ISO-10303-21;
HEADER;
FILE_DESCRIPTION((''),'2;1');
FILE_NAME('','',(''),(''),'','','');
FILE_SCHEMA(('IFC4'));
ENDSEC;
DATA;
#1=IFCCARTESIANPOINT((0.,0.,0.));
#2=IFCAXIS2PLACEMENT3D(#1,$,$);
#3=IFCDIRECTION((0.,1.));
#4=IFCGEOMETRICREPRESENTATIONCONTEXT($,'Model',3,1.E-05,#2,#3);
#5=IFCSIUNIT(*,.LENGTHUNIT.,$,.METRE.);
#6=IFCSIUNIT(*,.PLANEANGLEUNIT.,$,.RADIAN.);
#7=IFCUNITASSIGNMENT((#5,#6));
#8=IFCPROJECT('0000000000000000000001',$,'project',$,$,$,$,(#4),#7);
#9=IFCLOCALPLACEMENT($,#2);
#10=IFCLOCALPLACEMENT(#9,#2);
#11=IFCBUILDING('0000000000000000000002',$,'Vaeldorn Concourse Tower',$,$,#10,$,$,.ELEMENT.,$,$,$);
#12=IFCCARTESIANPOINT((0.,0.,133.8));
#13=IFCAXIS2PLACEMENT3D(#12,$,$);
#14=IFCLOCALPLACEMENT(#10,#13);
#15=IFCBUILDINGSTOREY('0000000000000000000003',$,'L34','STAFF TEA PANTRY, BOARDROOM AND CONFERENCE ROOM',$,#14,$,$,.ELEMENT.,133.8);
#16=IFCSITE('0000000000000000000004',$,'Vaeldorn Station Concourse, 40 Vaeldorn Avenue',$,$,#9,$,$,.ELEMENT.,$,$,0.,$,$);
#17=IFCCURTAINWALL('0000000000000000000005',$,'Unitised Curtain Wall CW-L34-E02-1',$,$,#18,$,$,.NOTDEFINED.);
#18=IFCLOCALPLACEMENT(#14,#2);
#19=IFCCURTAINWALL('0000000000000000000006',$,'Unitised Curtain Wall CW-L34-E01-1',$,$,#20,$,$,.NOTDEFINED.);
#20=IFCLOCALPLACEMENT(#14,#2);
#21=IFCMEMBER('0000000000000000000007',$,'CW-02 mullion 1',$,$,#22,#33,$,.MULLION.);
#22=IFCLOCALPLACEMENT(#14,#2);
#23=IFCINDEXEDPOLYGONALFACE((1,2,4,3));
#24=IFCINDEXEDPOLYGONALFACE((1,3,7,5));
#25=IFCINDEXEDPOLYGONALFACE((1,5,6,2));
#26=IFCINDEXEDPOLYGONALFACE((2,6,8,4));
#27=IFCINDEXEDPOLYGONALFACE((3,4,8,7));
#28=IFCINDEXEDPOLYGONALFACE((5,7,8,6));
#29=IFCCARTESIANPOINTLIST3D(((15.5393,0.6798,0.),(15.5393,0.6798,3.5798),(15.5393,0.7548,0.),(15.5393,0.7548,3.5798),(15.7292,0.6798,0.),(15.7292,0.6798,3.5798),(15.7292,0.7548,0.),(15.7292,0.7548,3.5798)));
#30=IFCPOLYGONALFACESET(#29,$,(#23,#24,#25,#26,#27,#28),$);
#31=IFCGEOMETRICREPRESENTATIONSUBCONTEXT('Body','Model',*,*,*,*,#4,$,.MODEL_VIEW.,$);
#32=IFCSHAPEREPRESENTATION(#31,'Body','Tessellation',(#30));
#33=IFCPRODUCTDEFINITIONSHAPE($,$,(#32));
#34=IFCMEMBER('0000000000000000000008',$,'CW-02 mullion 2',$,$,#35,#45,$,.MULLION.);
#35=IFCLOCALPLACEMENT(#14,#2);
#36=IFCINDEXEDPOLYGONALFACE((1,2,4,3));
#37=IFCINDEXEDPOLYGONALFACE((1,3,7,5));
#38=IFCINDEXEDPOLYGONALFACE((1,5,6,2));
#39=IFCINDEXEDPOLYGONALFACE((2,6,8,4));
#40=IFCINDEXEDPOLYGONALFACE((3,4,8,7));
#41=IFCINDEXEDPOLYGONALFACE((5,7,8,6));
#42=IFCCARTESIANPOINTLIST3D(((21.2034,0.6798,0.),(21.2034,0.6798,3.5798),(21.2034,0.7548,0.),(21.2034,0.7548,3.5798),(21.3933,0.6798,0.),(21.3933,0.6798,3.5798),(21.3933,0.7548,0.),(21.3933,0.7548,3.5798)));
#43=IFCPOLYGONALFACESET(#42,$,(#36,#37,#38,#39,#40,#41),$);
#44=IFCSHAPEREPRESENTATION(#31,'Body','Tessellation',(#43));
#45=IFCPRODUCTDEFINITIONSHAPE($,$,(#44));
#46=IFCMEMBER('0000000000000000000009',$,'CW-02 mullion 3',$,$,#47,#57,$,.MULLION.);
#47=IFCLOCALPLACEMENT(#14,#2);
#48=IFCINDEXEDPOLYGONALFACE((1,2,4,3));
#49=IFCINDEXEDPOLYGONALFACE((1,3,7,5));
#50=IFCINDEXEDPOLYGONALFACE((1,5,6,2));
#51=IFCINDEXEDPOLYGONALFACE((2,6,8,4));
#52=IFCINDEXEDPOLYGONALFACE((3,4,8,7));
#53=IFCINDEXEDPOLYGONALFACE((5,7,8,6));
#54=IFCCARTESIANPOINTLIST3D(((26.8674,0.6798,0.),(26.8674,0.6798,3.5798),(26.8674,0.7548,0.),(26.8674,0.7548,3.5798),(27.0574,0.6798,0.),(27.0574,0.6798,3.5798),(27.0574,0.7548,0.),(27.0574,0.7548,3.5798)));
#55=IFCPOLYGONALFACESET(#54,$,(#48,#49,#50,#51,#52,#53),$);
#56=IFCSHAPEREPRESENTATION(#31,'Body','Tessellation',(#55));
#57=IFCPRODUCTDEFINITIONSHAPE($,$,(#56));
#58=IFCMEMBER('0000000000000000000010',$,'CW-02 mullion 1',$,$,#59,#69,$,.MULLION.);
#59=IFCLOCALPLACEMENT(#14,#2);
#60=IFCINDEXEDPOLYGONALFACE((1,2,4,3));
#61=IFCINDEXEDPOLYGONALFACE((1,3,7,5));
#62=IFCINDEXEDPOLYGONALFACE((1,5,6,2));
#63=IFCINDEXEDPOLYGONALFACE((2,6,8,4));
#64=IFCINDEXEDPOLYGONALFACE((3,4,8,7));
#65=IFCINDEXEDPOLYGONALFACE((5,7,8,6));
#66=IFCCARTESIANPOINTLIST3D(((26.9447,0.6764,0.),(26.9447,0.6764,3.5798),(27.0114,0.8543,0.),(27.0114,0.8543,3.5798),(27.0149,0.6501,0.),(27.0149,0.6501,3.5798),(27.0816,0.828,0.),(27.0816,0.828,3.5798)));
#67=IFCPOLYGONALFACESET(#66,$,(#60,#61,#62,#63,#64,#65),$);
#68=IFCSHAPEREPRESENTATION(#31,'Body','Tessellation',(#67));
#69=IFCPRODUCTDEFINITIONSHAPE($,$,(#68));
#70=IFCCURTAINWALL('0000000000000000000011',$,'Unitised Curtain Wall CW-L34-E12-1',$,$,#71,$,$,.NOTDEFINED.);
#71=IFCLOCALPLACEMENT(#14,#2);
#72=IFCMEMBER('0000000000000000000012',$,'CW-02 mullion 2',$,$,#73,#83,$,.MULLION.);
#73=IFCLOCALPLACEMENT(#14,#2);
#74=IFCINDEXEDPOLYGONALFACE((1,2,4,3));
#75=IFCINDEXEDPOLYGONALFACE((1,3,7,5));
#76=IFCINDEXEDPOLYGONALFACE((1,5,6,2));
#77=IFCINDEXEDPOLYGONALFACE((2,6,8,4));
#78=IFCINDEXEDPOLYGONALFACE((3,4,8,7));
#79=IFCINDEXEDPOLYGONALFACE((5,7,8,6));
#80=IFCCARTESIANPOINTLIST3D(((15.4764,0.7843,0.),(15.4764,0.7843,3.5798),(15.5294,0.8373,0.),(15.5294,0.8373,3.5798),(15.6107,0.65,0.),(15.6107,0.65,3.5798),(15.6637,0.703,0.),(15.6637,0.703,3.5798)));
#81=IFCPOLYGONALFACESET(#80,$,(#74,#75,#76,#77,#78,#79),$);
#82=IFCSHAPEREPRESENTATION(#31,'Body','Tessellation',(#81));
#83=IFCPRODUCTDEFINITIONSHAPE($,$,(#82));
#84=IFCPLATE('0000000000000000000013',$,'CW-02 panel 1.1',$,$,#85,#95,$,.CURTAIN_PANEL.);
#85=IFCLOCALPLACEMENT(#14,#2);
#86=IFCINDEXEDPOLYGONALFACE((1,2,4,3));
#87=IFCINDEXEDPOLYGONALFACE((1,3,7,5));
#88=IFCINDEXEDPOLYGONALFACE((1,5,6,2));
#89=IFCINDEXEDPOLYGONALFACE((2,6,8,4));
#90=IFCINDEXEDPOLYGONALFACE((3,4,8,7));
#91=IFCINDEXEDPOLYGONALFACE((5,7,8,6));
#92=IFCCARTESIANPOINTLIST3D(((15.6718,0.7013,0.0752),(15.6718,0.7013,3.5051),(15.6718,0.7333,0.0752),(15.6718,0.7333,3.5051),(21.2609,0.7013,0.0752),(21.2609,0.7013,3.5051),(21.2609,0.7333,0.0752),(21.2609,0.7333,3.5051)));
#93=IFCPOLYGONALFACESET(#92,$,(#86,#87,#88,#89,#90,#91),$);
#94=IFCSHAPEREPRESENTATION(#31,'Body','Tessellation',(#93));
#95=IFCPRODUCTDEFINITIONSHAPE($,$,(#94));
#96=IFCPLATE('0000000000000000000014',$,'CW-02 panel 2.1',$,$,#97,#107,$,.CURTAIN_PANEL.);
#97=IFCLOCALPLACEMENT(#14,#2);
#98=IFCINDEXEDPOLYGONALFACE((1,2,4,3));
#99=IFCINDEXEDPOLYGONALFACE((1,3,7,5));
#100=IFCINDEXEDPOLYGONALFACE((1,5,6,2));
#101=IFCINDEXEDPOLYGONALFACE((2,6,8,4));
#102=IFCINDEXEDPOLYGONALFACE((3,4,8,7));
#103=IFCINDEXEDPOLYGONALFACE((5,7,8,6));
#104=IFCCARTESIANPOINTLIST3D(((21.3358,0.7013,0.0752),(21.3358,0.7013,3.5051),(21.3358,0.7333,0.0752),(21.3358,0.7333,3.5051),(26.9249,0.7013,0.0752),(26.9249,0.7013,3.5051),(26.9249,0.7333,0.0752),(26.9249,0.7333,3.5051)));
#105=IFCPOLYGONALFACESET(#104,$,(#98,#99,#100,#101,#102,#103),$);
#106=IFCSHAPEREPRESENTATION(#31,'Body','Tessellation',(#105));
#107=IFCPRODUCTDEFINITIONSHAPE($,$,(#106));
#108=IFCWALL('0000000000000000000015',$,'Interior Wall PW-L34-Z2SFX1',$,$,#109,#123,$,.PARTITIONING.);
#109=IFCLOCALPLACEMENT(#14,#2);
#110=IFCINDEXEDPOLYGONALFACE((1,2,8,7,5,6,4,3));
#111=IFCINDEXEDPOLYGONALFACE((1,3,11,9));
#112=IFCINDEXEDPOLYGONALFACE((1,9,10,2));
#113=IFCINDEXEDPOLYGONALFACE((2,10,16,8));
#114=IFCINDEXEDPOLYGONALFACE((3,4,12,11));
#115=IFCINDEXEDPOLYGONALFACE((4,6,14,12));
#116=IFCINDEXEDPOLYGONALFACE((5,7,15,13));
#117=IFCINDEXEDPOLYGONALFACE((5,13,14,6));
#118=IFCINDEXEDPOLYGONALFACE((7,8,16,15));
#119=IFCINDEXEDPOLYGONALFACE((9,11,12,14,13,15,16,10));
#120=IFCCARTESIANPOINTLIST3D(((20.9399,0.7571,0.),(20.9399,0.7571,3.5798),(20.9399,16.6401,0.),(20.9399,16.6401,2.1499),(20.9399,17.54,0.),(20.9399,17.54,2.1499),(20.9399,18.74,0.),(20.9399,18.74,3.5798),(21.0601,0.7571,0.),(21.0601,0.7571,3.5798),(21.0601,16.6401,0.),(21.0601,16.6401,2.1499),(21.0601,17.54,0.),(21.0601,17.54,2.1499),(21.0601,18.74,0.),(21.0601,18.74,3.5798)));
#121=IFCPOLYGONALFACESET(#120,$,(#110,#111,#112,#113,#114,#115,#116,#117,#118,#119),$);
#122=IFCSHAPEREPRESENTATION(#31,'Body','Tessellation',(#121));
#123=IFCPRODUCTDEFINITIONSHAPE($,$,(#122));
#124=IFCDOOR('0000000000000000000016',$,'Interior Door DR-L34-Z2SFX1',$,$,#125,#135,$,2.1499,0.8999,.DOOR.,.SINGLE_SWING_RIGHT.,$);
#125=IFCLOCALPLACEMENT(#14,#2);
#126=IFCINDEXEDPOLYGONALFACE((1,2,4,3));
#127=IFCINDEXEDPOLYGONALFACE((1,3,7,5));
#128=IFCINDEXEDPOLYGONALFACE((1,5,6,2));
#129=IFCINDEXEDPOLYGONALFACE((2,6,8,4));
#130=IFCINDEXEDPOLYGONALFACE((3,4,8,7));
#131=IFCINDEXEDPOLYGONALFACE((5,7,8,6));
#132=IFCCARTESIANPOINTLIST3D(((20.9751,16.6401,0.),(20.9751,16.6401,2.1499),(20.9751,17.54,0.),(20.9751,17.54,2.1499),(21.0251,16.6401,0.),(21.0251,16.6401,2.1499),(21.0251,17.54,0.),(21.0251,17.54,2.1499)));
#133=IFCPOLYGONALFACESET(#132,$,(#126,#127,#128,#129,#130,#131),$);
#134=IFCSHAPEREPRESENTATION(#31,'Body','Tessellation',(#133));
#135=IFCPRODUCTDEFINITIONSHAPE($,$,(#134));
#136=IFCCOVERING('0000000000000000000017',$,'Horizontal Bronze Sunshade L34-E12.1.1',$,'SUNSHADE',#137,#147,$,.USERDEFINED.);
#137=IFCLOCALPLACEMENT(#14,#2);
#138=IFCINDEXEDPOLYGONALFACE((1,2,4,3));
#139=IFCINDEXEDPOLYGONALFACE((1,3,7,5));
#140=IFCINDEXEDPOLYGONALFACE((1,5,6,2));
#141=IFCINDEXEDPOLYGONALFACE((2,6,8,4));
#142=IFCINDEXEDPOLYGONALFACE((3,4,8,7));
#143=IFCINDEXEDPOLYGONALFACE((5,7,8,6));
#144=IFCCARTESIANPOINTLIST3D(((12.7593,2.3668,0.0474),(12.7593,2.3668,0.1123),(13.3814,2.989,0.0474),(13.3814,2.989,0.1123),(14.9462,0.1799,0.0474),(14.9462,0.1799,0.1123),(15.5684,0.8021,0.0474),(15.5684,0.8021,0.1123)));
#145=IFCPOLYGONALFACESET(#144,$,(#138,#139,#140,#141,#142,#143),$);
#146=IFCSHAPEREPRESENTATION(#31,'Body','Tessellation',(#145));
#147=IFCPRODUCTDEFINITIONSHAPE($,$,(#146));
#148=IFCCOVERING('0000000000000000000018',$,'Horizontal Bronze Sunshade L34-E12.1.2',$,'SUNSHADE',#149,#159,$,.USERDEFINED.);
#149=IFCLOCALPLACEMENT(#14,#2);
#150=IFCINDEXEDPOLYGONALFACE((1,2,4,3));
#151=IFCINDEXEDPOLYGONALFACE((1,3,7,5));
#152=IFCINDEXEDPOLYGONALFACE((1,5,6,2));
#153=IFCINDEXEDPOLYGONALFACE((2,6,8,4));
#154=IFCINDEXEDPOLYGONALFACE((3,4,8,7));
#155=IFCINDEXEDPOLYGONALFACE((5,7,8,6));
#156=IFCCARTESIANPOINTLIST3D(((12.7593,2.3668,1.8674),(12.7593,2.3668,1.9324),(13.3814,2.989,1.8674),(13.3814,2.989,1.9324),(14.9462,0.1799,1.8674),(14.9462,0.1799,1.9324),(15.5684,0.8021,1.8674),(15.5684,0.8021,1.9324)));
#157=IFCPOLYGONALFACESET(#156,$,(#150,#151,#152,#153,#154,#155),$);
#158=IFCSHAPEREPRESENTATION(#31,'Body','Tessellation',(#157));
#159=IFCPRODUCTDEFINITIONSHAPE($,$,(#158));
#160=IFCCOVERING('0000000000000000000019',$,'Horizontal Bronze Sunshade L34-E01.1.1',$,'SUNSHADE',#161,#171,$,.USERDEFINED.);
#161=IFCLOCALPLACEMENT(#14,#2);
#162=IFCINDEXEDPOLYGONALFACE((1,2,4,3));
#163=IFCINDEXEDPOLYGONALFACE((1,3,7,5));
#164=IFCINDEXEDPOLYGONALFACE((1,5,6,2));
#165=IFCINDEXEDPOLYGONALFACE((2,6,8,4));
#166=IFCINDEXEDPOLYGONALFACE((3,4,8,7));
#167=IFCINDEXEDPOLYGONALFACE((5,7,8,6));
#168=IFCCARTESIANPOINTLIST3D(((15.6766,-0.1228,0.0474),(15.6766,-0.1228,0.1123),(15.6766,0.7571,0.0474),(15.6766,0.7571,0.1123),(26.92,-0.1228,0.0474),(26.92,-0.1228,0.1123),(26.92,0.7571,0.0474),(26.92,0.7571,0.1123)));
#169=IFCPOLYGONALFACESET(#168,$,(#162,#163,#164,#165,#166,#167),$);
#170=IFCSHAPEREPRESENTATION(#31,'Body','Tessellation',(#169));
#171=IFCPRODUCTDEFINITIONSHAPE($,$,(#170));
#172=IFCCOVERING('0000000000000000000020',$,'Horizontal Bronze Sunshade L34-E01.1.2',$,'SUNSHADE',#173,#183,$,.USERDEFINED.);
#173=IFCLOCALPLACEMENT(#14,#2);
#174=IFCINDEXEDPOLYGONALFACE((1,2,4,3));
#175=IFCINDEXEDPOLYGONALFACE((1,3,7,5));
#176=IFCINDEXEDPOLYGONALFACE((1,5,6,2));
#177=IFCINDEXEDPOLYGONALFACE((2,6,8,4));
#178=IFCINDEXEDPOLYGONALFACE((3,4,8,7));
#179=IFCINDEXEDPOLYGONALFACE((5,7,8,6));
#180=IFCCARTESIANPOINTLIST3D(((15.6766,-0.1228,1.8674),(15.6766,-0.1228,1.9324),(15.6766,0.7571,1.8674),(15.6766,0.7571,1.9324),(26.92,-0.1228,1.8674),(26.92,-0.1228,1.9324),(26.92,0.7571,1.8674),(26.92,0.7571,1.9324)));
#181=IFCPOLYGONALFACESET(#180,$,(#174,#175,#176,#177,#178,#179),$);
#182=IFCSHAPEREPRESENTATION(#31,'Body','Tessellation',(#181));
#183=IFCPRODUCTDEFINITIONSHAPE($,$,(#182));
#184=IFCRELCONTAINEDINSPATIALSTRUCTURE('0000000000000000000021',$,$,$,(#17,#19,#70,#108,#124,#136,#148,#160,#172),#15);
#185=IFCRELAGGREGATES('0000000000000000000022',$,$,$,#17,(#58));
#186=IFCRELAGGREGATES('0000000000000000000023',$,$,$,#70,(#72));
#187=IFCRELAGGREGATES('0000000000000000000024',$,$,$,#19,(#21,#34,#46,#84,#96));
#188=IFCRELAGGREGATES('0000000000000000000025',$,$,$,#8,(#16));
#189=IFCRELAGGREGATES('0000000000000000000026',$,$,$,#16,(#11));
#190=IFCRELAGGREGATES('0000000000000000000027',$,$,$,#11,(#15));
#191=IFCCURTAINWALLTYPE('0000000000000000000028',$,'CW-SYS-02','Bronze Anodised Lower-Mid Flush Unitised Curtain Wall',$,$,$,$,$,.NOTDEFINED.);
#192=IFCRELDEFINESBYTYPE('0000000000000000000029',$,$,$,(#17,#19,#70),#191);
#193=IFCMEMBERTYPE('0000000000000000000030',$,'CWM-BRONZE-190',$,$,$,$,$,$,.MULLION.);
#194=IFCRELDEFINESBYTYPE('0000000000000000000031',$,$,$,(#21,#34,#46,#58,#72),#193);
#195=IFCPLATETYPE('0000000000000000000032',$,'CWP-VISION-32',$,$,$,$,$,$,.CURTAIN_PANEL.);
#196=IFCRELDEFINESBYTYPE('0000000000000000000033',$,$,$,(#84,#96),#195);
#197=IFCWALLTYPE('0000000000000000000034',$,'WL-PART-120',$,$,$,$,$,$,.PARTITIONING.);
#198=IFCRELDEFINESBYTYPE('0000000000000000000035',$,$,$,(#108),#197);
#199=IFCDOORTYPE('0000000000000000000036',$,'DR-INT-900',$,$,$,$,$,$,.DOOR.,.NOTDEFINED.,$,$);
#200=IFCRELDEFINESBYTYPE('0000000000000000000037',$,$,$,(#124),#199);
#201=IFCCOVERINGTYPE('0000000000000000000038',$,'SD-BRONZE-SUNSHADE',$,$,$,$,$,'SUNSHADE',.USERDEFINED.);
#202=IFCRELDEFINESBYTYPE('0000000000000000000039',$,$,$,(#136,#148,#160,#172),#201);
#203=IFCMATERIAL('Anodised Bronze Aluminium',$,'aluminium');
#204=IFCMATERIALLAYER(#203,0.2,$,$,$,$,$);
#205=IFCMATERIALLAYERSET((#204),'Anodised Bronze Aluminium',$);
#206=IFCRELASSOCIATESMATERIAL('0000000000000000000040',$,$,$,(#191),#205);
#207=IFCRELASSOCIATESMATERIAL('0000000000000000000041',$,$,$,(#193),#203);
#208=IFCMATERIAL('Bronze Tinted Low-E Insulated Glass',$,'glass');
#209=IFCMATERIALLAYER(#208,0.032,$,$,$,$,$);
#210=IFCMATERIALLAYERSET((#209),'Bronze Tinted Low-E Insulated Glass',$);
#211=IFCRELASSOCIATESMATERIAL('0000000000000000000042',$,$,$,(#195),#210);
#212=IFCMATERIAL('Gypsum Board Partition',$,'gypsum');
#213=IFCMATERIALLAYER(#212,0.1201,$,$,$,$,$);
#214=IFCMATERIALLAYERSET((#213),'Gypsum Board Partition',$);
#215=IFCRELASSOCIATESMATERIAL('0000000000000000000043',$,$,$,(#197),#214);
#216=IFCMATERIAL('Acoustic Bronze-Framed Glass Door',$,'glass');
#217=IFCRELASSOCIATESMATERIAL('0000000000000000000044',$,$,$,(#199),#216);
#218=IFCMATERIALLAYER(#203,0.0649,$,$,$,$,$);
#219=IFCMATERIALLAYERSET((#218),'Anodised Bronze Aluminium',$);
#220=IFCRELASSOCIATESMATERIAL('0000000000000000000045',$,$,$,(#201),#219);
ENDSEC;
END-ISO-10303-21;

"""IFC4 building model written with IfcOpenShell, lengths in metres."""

from ifc_helpers import new_model, si_unit, direction, frame, frame_2d, origin, origin_2d, place, context, subcontext, project, spatial, rectangle, extrude, source, transform, mapped, material, layer, layer_set, material_profile, profile_set, type_object, element, fill, aggregate, save


model = new_model("IFC4")

# Units and contexts
model_context = context("Model", 3, precision=1e-05, world=origin(), true_north=direction((0.0, 1.0)))
body_context = subcontext(model_context, "Body", "Model", "MODEL_VIEW")
ifc_project = project(units=[si_unit("LENGTHUNIT", "METRE"), si_unit("PLANEANGLEUNIT", "RADIAN")], contexts=[model_context])

# Site, building, storey
site_placement = place(None, origin())
site = spatial("IfcSite", under=ifc_project, at=site_placement, Name="Vaeldorn Station Concourse, 40 Vaeldorn Avenue", CompositionType="ELEMENT", RefElevation=0.0)
building_placement = place(site_placement, origin())
building = spatial("IfcBuilding", under=site, at=building_placement, Name="Vaeldorn Concourse Tower", CompositionType="ELEMENT")
storey_placement = place(building_placement, frame((0.0, 0.0, 133.8)))
storey = spatial("IfcBuildingStorey", under=building, at=storey_placement, Name="L34", Description="STAFF TEA PANTRY, BOARDROOM AND CONFERENCE ROOM", CompositionType="ELEMENT", Elevation=133.8)

# Curtain walls, members
ifc_material_1 = material(Name="Anodised Bronze Aluminium", Category="aluminium")
ifc_layer_1 = layer(ifc_material_1, 0.2)
ifc_layer_set_1 = layer_set([ifc_layer_1], Name="Anodised Bronze Aluminium")
curtain_wall_type = type_object("IfcCurtainWallType", Name="CW-SYS-02", Description="Bronze Anodised Lower-Mid Flush Unitised Curtain Wall", PredefinedType="NOTDEFINED", material=ifc_layer_set_1)
curtain_wall_1_placement = place(storey_placement, origin())
curtain_wall_1 = element("IfcCurtainWall", 1, at=curtain_wall_1_placement, inside=storey, type_object=curtain_wall_type, Name="Unitised Curtain Wall CW-L34-E02-1", PredefinedType="NOTDEFINED")
curtain_wall_2_placement = place(storey_placement, origin())
curtain_wall_2 = element("IfcCurtainWall", 2, at=curtain_wall_2_placement, inside=storey, type_object=curtain_wall_type, Name="Unitised Curtain Wall CW-L34-E01-1", PredefinedType="NOTDEFINED")
ifc_material_profile_1 = material_profile(ifc_material_1, rectangle(XDim=0.075, YDim=0.1899, at=origin_2d()), Name="CWM 75x190")
ifc_profile_set_1 = profile_set([ifc_material_profile_1], Name="Anodised Bronze Aluminium")
member_type_1 = type_object("IfcMemberType", Name="CWM-BRONZE-190", PredefinedType="MULLION", material=ifc_profile_set_1)
shared_shape_1 = source(origin(), body_context, "Body", "SweptSolid", [
    extrude(rectangle(XDim=0.075, YDim=0.1899, at=origin_2d()), origin(), (0.0, 0.0, 1.0), 3.5798),
])
member_1_placement = place(storey_placement, frame((15.6343, 0.7173, 0.0), z_axis=(0.0, 0.0, 1.0), x_axis=(0.0, 1.0, 0.0)))
member_1 = element("IfcMember", 3, at=member_1_placement, type_object=member_type_1, Name="CW-02 mullion 1", PredefinedType="MULLION", context=body_context, shape_type="MappedRepresentation", body=[
    mapped(shared_shape_1, transform((0.0, 0.0, 0.0), scale=1.0)),
])
member_2_placement = place(storey_placement, frame((21.2983, 0.7173, 0.0), z_axis=(0.0, 0.0, 1.0), x_axis=(0.0, 1.0, 0.0)))
member_2 = element("IfcMember", 4, at=member_2_placement, type_object=member_type_1, Name="CW-02 mullion 2", PredefinedType="MULLION", context=body_context, shape_type="MappedRepresentation", body=[
    mapped(shared_shape_1, transform((0.0, 0.0, 0.0), scale=1.0)),
])
member_3_placement = place(storey_placement, frame((26.9624, 0.7173, 0.0), z_axis=(0.0, 0.0, 1.0), x_axis=(0.0, 1.0, 0.0)))
member_3 = element("IfcMember", 5, at=member_3_placement, type_object=member_type_1, Name="CW-02 mullion 3", PredefinedType="MULLION", context=body_context, shape_type="MappedRepresentation", body=[
    mapped(shared_shape_1, transform((0.0, 0.0, 0.0), scale=1.0)),
])

# Member
member_4_placement = place(storey_placement, frame((27.0132, 0.7522, 0.0), z_axis=(0.0, 0.0, 1.0), x_axis=(-0.936329, 0.351123, 0.0)))
member_4 = element("IfcMember", 6, at=member_4_placement, type_object=member_type_1, Name="CW-02 mullion 1", PredefinedType="MULLION", context=body_context, shape_type="MappedRepresentation", body=[
    mapped(shared_shape_1, transform((0.0, 0.0, 0.0), scale=1.0)),
])
aggregate(curtain_wall_1, [member_4])

# Curtain wall, member
curtain_wall_3_placement = place(storey_placement, origin())
curtain_wall_3 = element("IfcCurtainWall", 7, at=curtain_wall_3_placement, inside=storey, type_object=curtain_wall_type, Name="Unitised Curtain Wall CW-L34-E12-1", PredefinedType="NOTDEFINED")
member_5_placement = place(storey_placement, frame((15.5701, 0.7437, 0.0), z_axis=(0.0, 0.0, 1.0), x_axis=(0.707107, 0.707107, 0.0)))
member_5 = element("IfcMember", 8, at=member_5_placement, type_object=member_type_1, Name="CW-02 mullion 2", PredefinedType="MULLION", context=body_context, shape_type="MappedRepresentation", body=[
    mapped(shared_shape_1, transform((0.0, 0.0, 0.0), scale=1.0)),
])
aggregate(curtain_wall_3, [member_5])

# Plates
ifc_material_2 = material(Name="Bronze Tinted Low-E Insulated Glass", Category="glass")
ifc_layer_2 = layer(ifc_material_2, 0.032)
ifc_layer_set_2 = layer_set([ifc_layer_2], Name="Bronze Tinted Low-E Insulated Glass")
plate_type = type_object("IfcPlateType", Name="CWP-VISION-32", PredefinedType="CURTAIN_PANEL", material=ifc_layer_set_2)
shared_shape_2 = source(origin(), body_context, "Body", "SweptSolid", [
    extrude(rectangle(XDim=5.5891, YDim=0.032, at=origin_2d()), origin(), (0.0, 0.0, 1.0), 3.4299),
])
plate_1_placement = place(storey_placement, frame((18.4663, 0.7173, 0.0752), z_axis=(0.0, 0.0, 1.0), x_axis=(1.0, 0.0, 0.0)))
plate_1 = element("IfcPlate", 9, at=plate_1_placement, type_object=plate_type, Name="CW-02 panel 1.1", PredefinedType="CURTAIN_PANEL", context=body_context, shape_type="MappedRepresentation", body=[
    mapped(shared_shape_2, transform((0.0, 0.0, 0.0), scale=1.0)),
])
plate_2_placement = place(storey_placement, frame((24.1304, 0.7173, 0.0752), z_axis=(0.0, 0.0, 1.0), x_axis=(1.0, 0.0, 0.0)))
plate_2 = element("IfcPlate", 10, at=plate_2_placement, type_object=plate_type, Name="CW-02 panel 2.1", PredefinedType="CURTAIN_PANEL", context=body_context, shape_type="MappedRepresentation", body=[
    mapped(shared_shape_2, transform((0.0, 0.0, 0.0), scale=1.0)),
])
aggregate(curtain_wall_2, [member_1, member_2, member_3, plate_1, plate_2])

# Wall, opening, door
ifc_material_3 = material(Name="Gypsum Board Partition", Category="gypsum")
ifc_layer_3 = layer(ifc_material_3, 0.1201)
ifc_layer_set_3 = layer_set([ifc_layer_3], Name="Gypsum Board Partition")
wall_type = type_object("IfcWallType", Name="WL-PART-120", PredefinedType="PARTITIONING", material=ifc_layer_set_3)
wall_placement = place(storey_placement, frame((21.0, 0.7571, 0.0), z_axis=(0.0, 0.0, 1.0), x_axis=(0.0, 1.0, 0.0)))
wall = element("IfcWall", 11, at=wall_placement, inside=storey, type_object=wall_type, Name="Interior Wall PW-L34-Z2SFX1", PredefinedType="PARTITIONING", context=body_context, shape_type="SweptSolid", body=[
    extrude(rectangle(XDim=17.9829, YDim=0.1201, at=frame_2d((8.9915, 0.0))), origin(), (0.0, 0.0, 1.0), 3.5798),
])
opening_placement = place(wall_placement, frame((15.8831, 0.0, 0.0)))
opening = element("IfcOpeningElement", 12, at=opening_placement, cuts=wall, PredefinedType="OPENING", context=body_context, shape_type="SweptSolid", body=[
    extrude(rectangle(XDim=0.8999, YDim=2.1499, at=frame_2d((0.45, 1.075))), frame((0.0, 0.0701, 0.0), z_axis=(0.0, -1.0, 0.0), x_axis=(1.0, 0.0, 0.0)), (0.0, 0.0, 1.0), 0.1401),
])
ifc_material_4 = material(Name="Acoustic Bronze-Framed Glass Door", Category="glass")
door_type = type_object("IfcDoorType", Name="DR-INT-900", OperationType="NOTDEFINED", PredefinedType="DOOR", material=ifc_material_4)
shared_shape_3 = source(origin(), body_context, "Body", "SweptSolid", [
    extrude(rectangle(XDim=0.8999, YDim=2.1499, at=frame_2d((0.45, 1.075))), frame((0.0, 0.0249, 0.0), z_axis=(0.0, -1.0, 0.0), x_axis=(1.0, 0.0, 0.0)), (0.0, 0.0, 1.0), 0.05),
])
door_placement = place(opening_placement, origin())
door = element("IfcDoor", 13, at=door_placement, inside=storey, type_object=door_type, Name="Interior Door DR-L34-Z2SFX1", OperationType="SINGLE_SWING_RIGHT", OverallHeight=2.1499, OverallWidth=0.8999, PredefinedType="DOOR", context=body_context, shape_type="MappedRepresentation", body=[
    mapped(shared_shape_3, transform((0.0, 0.0, 0.0), scale=1.0)),
])
fill(opening, door)

# Coverings
ifc_layer_4 = layer(ifc_material_1, 0.0649)
ifc_layer_set_4 = layer_set([ifc_layer_4], Name="Anodised Bronze Aluminium")
covering_type = type_object("IfcCoveringType", Name="SD-BRONZE-SUNSHADE", ElementType="SUNSHADE", PredefinedType="USERDEFINED", material=ifc_layer_set_4)
shared_shape_4 = source(origin(), body_context, "Body", "SweptSolid", [
    extrude(rectangle(XDim=3.0928, YDim=0.8799, at=origin_2d()), origin(), (0.0, 0.0, 1.0), 0.0649),
])
for number, where, z_axis, x_axis, name in (
    (14, (14.1638, 1.5845, 0.0474), (0.0, 0.0, 1.0), (0.707107, -0.707107, 0.0), "Horizontal Bronze Sunshade L34-E12.1.1"),
    (15, (14.1638, 1.5845, 1.8674), (0.0, 0.0, 1.0), (0.707107, -0.707107, 0.0), "Horizontal Bronze Sunshade L34-E12.1.2"),
):
    element("IfcCovering", number, at=place(storey_placement, frame(where, z_axis=z_axis, x_axis=x_axis)), inside=storey, type_object=covering_type, Name=name, ObjectType="SUNSHADE", PredefinedType="USERDEFINED", context=body_context, shape_type="MappedRepresentation", body=[
        mapped(shared_shape_4, transform((0.0, 0.0, 0.0), scale=1.0)),
    ])
shared_shape_5 = source(origin(), body_context, "Body", "SweptSolid", [
    extrude(rectangle(XDim=11.2434, YDim=0.8799, at=origin_2d()), origin(), (0.0, 0.0, 1.0), 0.0649),
])
for number, where, z_axis, x_axis, name in (
    (16, (21.2983, 0.3171, 0.0474), (0.0, 0.0, 1.0), (1.0, 0.0, 0.0), "Horizontal Bronze Sunshade L34-E01.1.1"),
    (17, (21.2983, 0.3171, 1.8674), (0.0, 0.0, 1.0), (1.0, 0.0, 0.0), "Horizontal Bronze Sunshade L34-E01.1.2"),
):
    element("IfcCovering", number, at=place(storey_placement, frame(where, z_axis=z_axis, x_axis=x_axis)), inside=storey, type_object=covering_type, Name=name, ObjectType="SUNSHADE", PredefinedType="USERDEFINED", context=body_context, shape_type="MappedRepresentation", body=[
        mapped(shared_shape_5, transform((0.0, 0.0, 0.0), scale=1.0)),
    ])

save(model, "model.ifc")
